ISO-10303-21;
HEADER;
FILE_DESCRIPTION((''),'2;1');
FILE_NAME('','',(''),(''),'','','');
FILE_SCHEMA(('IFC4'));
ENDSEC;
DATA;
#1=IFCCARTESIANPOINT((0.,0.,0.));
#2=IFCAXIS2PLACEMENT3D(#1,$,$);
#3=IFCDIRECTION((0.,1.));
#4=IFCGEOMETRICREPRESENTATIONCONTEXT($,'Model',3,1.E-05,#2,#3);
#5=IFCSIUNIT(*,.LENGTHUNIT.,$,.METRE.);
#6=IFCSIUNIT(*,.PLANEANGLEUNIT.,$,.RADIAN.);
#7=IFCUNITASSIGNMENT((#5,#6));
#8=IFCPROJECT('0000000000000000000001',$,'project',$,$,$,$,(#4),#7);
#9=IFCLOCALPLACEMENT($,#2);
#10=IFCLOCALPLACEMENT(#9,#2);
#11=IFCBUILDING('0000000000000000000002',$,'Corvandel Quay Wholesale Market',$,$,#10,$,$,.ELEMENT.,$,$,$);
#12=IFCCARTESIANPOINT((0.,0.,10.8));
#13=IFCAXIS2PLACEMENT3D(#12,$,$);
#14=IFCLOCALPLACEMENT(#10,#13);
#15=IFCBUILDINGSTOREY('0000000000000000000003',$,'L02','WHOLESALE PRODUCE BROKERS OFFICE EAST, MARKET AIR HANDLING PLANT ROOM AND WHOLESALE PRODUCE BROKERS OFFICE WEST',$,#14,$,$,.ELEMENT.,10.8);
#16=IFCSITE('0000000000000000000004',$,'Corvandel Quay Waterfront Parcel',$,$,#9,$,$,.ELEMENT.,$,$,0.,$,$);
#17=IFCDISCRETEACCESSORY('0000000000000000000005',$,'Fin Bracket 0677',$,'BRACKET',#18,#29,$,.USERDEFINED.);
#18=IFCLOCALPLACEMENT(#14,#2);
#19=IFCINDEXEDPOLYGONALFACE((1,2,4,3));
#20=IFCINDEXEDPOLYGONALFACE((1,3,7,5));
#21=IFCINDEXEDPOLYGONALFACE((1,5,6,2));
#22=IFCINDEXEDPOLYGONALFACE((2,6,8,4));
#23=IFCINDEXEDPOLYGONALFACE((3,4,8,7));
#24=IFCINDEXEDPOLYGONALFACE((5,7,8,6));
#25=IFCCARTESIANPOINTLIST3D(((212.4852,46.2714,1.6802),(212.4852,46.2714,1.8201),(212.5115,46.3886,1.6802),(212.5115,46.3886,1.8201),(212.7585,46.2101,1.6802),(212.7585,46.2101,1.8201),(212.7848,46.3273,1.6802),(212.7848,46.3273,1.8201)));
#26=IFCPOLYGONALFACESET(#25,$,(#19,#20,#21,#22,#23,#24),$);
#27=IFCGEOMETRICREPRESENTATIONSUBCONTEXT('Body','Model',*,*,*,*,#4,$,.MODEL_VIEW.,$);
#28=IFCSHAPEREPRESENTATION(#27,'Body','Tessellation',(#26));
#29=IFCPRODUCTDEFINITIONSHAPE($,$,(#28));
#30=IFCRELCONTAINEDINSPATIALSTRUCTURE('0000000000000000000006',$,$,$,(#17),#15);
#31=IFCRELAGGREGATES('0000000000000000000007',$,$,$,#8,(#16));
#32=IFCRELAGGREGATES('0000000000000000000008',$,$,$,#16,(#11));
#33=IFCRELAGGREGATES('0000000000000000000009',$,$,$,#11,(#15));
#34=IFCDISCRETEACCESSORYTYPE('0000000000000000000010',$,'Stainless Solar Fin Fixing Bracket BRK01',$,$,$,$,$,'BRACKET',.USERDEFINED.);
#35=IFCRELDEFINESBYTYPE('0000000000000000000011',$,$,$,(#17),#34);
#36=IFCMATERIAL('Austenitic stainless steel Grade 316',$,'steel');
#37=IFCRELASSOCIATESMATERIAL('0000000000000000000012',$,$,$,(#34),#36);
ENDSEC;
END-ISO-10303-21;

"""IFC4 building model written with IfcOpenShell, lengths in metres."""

from ifc_helpers import new_model, si_unit, direction, frame, origin, origin_2d, place, context, subcontext, project, spatial, rectangle, extrude, material, type_object, element, save


model = new_model("IFC4")

# Units and contexts
model_context = context("Model", 3, precision=1e-05, world=origin(), true_north=direction((0.0, 1.0)))
body_context = subcontext(model_context, "Body", "Model", "MODEL_VIEW")
ifc_project = project(units=[si_unit("LENGTHUNIT", "METRE"), si_unit("PLANEANGLEUNIT", "RADIAN")], contexts=[model_context])

# Site, building, storey
site_placement = place(None, origin())
site = spatial("IfcSite", under=ifc_project, at=site_placement, Name="Corvandel Quay Waterfront Parcel", CompositionType="ELEMENT", RefElevation=0.0)
building_placement = place(site_placement, origin())
building = spatial("IfcBuilding", under=site, at=building_placement, Name="Corvandel Quay Wholesale Market", CompositionType="ELEMENT")
storey_placement = place(building_placement, frame((0.0, 0.0, 10.8)))
storey = spatial("IfcBuildingStorey", under=building, at=storey_placement, Name="L02", Description="WHOLESALE PRODUCE BROKERS OFFICE EAST, MARKET AIR HANDLING PLANT ROOM AND WHOLESALE PRODUCE BROKERS OFFICE WEST", CompositionType="ELEMENT", Elevation=10.8)

# Discrete accessory
ifc_material_1 = material(Name="Austenitic stainless steel Grade 316", Category="steel")
discrete_accessory_type = type_object("IfcDiscreteAccessoryType", Name="Stainless Solar Fin Fixing Bracket BRK01", ElementType="BRACKET", PredefinedType="USERDEFINED", material=ifc_material_1)
for number, where, z_axis, x_axis, name in (
    (1, (212.635, 46.2993, 1.6802), (0.0, 0.0, 1.0), (-0.975726, 0.218995, 0.0), "Fin Bracket 0677"),
):
    element("IfcDiscreteAccessory", number, at=place(storey_placement, frame(where, z_axis=z_axis, x_axis=x_axis)), inside=storey, type_object=discrete_accessory_type, Name=name, ObjectType="BRACKET", PredefinedType="USERDEFINED", context=body_context, shape_type="SweptSolid", body=[
        extrude(rectangle(XDim=0.28, YDim=0.1201, at=origin_2d()), origin(), (0.0, 0.0, 1.0), 0.1399),
    ])

save(model, "model.ifc")
